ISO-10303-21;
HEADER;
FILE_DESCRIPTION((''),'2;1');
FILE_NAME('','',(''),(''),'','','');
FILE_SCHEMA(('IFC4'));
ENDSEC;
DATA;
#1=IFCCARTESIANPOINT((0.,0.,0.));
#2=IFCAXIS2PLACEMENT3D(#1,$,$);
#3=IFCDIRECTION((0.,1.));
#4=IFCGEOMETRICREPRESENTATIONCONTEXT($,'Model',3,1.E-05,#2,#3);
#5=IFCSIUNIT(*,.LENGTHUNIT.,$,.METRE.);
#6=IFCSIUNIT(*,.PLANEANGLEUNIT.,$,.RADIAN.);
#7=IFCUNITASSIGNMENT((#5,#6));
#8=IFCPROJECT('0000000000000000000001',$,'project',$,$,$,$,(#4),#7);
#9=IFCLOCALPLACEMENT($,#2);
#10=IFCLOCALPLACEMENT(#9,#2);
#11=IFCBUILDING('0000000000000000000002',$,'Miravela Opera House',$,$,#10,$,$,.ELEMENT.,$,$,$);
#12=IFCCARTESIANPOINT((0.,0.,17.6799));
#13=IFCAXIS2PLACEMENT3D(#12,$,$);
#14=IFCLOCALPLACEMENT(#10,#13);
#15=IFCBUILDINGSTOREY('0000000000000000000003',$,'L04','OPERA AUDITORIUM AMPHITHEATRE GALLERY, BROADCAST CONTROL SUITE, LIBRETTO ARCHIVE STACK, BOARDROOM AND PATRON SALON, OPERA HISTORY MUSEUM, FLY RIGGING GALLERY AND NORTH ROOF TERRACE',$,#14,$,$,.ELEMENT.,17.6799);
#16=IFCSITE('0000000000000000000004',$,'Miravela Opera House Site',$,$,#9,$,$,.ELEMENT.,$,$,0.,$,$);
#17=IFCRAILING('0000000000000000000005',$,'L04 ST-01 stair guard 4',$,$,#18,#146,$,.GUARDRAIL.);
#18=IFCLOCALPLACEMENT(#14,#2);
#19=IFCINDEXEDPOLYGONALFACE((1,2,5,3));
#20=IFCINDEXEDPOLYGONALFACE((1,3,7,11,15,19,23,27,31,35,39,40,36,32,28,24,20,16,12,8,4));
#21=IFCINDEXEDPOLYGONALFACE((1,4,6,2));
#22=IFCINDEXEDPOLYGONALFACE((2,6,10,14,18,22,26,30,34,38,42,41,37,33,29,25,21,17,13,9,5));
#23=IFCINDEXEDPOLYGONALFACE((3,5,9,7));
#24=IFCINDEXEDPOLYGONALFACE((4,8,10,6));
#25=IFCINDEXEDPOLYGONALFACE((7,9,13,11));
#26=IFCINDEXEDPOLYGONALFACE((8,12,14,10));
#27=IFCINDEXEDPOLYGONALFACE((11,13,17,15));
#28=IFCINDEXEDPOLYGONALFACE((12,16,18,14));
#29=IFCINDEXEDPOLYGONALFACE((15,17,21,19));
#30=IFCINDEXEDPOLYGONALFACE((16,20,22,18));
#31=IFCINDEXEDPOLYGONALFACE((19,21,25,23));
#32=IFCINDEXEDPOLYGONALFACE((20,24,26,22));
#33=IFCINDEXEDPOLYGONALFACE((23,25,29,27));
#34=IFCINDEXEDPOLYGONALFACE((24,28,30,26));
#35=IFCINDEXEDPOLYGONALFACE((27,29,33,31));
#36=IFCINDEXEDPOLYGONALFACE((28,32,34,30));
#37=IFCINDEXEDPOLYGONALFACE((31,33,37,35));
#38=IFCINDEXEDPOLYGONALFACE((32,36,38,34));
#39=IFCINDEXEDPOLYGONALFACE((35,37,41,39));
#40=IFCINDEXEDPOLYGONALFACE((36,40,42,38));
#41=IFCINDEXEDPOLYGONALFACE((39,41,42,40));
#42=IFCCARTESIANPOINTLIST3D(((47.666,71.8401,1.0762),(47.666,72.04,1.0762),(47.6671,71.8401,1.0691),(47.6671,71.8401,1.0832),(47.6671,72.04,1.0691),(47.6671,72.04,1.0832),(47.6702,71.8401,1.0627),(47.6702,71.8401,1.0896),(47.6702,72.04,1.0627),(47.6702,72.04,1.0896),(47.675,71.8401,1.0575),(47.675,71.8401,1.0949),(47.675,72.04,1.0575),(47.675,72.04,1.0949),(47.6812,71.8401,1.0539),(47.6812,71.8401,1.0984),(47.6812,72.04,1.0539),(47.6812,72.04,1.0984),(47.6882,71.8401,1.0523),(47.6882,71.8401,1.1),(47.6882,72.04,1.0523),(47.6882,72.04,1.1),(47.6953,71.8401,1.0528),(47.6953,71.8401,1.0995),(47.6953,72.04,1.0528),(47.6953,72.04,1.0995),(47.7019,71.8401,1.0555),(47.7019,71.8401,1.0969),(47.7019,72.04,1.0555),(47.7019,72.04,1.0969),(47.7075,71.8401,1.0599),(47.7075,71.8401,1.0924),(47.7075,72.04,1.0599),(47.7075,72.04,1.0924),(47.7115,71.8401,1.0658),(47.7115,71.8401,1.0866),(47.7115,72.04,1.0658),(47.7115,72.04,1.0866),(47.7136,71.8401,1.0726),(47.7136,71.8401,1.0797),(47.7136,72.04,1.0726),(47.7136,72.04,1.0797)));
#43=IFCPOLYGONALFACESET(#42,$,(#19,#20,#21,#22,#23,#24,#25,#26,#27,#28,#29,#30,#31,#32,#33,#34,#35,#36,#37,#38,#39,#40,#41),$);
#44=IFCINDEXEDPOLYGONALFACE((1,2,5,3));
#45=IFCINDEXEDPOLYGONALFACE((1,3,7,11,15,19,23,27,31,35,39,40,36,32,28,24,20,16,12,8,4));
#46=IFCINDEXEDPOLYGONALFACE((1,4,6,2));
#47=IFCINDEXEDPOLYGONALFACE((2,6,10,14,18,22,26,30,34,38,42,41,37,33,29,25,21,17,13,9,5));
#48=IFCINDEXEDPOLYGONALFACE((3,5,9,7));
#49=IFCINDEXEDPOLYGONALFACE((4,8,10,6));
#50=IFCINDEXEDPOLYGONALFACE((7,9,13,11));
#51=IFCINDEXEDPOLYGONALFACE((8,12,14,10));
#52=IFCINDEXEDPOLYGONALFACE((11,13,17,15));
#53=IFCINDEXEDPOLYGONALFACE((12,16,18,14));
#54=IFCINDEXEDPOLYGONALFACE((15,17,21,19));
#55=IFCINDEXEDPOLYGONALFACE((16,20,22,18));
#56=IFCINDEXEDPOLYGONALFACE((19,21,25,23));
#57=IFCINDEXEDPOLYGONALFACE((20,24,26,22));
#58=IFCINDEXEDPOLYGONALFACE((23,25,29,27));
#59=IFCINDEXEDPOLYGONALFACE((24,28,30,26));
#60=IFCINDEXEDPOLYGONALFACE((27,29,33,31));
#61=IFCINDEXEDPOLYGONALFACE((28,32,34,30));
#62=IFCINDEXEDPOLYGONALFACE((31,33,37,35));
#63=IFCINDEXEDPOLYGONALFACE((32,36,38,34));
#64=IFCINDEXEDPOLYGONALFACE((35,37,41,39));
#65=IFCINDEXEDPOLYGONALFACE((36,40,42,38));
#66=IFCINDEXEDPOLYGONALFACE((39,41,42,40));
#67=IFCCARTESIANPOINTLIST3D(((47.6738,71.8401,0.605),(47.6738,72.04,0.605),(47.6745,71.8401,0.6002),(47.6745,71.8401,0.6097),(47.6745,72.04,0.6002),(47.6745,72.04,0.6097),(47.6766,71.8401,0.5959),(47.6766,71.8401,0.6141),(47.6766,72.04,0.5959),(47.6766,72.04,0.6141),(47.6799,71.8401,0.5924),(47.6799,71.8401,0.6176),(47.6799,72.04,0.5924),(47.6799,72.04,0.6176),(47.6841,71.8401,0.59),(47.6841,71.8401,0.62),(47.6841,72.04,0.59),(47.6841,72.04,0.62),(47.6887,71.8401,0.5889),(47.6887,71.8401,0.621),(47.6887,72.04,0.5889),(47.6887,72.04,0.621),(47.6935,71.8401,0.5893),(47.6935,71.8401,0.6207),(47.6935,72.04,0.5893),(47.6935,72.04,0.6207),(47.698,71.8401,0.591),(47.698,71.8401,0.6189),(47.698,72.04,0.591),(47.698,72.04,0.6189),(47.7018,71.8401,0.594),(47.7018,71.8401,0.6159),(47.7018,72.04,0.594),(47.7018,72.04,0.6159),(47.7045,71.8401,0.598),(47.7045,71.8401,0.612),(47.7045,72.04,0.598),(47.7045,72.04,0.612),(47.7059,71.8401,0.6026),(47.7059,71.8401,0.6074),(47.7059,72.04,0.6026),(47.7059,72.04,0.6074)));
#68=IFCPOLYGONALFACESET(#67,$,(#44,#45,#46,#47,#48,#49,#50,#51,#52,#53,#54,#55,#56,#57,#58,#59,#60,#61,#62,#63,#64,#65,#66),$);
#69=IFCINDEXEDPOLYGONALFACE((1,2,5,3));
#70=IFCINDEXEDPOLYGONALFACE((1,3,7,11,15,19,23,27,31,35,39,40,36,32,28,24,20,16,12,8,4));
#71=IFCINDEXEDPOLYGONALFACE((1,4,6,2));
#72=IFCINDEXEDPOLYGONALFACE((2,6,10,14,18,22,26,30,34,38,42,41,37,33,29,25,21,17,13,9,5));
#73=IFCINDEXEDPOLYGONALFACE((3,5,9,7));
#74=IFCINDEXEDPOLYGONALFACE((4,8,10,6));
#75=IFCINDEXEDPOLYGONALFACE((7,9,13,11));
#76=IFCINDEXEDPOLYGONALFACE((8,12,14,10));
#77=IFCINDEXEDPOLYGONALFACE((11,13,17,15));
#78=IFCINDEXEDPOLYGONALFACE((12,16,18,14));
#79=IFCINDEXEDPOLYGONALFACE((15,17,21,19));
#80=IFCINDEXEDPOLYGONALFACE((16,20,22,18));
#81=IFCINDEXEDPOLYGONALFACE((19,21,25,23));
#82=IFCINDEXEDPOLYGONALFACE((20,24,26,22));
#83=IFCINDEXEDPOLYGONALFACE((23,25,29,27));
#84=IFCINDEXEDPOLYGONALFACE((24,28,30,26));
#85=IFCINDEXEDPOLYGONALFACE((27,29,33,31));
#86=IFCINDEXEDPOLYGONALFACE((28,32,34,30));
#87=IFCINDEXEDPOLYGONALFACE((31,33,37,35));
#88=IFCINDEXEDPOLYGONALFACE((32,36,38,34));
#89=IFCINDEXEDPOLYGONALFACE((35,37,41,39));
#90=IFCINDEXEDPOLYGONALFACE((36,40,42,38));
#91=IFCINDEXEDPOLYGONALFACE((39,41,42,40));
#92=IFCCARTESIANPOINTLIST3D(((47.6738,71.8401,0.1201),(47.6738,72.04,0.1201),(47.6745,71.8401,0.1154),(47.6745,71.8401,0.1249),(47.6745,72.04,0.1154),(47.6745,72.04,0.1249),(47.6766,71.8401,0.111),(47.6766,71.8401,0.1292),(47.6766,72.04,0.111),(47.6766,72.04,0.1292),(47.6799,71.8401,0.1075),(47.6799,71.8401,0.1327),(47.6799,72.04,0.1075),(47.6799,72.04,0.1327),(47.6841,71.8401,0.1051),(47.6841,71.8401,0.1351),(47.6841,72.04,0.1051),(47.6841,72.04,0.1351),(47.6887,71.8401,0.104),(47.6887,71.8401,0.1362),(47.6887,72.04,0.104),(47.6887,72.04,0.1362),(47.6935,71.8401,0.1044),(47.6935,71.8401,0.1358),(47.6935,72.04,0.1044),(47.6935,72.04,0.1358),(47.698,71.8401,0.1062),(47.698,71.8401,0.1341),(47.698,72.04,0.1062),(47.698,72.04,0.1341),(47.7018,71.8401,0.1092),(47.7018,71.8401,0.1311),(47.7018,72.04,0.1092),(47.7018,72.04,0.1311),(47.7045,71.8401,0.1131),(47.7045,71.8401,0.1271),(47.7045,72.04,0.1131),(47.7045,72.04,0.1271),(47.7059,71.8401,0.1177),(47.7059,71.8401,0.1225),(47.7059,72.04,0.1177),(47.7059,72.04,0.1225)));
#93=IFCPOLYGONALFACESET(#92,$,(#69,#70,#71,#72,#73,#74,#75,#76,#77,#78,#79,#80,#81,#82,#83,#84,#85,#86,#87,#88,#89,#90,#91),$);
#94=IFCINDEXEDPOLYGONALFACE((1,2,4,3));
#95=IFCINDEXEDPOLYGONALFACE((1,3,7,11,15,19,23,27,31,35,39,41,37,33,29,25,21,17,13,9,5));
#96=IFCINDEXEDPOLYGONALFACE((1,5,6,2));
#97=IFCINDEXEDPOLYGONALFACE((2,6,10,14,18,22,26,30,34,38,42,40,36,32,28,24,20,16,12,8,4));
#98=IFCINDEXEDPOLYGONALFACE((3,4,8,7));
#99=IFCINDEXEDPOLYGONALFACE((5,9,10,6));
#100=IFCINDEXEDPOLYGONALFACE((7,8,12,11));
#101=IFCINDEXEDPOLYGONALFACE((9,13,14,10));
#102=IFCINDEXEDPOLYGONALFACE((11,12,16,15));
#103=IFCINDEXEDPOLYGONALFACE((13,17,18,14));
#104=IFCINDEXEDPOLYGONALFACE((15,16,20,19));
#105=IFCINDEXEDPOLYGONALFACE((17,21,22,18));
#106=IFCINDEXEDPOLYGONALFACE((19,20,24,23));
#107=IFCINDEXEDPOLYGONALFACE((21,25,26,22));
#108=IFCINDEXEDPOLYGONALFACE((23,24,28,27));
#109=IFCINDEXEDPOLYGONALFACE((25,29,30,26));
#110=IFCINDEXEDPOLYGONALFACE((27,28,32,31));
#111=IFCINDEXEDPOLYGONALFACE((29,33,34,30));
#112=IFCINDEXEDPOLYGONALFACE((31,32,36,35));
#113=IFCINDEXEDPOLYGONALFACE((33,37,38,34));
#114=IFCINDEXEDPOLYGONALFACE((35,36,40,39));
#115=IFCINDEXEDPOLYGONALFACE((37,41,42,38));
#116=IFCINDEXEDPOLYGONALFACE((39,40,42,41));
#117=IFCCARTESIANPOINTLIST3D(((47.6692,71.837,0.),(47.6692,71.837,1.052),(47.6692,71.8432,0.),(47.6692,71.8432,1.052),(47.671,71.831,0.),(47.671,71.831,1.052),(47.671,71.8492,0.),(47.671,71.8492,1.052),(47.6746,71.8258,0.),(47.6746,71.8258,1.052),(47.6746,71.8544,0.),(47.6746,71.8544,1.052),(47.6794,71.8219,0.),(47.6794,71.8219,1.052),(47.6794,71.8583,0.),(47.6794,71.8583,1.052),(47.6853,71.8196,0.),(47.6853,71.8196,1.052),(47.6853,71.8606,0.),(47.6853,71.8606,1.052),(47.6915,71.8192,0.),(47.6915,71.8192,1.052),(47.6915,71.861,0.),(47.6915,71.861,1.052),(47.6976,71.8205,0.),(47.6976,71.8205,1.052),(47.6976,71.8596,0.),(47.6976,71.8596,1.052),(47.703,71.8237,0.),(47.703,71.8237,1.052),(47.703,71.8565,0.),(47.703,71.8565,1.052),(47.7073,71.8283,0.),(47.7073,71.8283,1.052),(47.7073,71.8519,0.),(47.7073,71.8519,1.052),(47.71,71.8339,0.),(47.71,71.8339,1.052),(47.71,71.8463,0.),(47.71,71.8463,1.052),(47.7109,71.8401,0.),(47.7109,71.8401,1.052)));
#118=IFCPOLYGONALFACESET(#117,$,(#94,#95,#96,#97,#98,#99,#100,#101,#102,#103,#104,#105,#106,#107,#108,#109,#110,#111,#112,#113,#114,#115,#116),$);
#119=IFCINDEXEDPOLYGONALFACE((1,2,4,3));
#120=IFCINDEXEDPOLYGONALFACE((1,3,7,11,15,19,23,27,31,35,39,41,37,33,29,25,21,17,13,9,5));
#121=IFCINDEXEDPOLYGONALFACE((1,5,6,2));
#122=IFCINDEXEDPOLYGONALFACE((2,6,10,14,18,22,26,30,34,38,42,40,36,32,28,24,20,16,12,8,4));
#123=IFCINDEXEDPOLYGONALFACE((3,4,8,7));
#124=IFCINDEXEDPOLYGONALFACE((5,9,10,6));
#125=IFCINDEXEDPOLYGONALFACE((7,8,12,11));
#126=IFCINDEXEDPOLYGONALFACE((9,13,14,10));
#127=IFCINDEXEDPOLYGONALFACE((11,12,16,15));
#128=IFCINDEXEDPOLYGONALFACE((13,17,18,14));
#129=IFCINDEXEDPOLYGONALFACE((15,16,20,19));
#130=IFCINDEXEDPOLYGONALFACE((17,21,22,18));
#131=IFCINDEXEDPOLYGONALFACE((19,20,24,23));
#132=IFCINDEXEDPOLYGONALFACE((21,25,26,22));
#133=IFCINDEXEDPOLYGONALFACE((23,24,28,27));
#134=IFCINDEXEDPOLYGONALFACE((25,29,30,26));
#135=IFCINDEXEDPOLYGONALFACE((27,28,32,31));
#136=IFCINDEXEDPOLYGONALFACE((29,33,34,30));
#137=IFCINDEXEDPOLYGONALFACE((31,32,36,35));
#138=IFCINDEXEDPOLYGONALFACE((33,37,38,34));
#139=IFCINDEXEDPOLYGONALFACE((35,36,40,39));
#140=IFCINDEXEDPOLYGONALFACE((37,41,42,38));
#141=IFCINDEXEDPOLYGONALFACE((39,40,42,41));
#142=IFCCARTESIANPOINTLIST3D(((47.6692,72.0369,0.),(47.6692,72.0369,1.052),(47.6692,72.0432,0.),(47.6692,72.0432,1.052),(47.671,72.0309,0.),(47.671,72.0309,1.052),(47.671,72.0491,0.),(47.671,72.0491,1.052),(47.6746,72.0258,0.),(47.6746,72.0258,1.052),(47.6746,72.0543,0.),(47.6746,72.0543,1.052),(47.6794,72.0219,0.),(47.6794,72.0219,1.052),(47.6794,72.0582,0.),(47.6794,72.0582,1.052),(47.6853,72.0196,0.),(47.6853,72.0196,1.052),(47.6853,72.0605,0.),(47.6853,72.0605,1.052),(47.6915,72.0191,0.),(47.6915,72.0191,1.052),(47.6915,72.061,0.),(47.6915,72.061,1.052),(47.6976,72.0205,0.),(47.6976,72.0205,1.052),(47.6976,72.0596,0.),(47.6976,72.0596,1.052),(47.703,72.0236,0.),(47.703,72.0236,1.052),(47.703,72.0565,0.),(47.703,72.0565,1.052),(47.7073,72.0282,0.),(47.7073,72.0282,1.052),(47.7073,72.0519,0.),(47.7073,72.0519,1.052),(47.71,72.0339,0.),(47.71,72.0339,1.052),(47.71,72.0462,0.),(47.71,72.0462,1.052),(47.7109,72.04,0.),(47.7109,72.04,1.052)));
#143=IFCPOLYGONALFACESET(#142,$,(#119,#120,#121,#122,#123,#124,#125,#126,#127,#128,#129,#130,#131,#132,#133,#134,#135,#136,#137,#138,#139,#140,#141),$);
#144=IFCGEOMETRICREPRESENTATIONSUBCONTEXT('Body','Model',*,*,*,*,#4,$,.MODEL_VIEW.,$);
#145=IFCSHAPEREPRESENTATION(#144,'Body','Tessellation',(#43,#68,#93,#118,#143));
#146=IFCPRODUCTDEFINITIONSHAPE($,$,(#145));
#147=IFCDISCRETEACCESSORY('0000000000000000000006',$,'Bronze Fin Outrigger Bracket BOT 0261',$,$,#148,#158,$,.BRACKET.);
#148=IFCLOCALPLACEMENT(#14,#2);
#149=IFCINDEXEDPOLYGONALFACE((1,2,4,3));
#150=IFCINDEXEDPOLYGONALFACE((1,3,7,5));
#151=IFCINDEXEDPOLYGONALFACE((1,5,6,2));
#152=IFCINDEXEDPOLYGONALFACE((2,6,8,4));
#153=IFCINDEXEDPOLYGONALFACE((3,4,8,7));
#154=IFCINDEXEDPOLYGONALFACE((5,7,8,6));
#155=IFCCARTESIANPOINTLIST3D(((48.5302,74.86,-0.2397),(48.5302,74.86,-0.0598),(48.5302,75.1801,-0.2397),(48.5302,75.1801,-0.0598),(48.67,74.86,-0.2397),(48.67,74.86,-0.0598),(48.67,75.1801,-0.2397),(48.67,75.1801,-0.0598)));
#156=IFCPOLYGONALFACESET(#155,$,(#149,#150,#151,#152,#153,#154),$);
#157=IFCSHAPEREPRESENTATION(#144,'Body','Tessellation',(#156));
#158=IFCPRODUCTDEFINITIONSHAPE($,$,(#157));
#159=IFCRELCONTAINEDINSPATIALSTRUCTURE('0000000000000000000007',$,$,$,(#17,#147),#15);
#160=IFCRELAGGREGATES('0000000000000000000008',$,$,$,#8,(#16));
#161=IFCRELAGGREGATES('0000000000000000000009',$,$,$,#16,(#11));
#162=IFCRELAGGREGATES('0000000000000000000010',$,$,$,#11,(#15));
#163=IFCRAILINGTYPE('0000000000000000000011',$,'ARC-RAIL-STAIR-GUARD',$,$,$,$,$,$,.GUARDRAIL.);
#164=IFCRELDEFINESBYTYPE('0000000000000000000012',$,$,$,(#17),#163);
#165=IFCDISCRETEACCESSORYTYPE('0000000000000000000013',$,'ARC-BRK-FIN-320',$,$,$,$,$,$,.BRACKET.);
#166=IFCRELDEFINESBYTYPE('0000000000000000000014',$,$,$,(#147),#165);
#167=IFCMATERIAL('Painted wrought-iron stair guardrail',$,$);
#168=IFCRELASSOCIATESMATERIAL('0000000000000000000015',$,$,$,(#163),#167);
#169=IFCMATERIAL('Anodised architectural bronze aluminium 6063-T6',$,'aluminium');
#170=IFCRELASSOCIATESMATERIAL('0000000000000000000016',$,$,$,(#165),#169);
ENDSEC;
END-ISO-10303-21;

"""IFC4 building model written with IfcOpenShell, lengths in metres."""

from ifc_helpers import new_model, si_unit, direction, frame, origin, origin_2d, place, context, subcontext, project, spatial, rectangle, circle, extrude, material, type_object, element, save


model = new_model("IFC4")

# Units and contexts
model_context = context("Model", 3, precision=1e-05, world=origin(), true_north=direction((0.0, 1.0)))
body_context = subcontext(model_context, "Body", "Model", "MODEL_VIEW")
ifc_project = project(units=[si_unit("LENGTHUNIT", "METRE"), si_unit("PLANEANGLEUNIT", "RADIAN")], contexts=[model_context])

# Site, building, storey
site_placement = place(None, origin())
site = spatial("IfcSite", under=ifc_project, at=site_placement, Name="Miravela Opera House Site", CompositionType="ELEMENT", RefElevation=0.0)
building_placement = place(site_placement, origin())
building = spatial("IfcBuilding", under=site, at=building_placement, Name="Miravela Opera House", CompositionType="ELEMENT")
storey_placement = place(building_placement, frame((0.0, 0.0, 17.6799)))
storey = spatial("IfcBuildingStorey", under=building, at=storey_placement, Name="L04", Description="OPERA AUDITORIUM AMPHITHEATRE GALLERY, BROADCAST CONTROL SUITE, LIBRETTO ARCHIVE STACK, BOARDROOM AND PATRON SALON, OPERA HISTORY MUSEUM, FLY RIGGING GALLERY AND NORTH ROOF TERRACE", CompositionType="ELEMENT", Elevation=17.6799)

# Shared definitions
ifc_material_1 = material(Name="Anodised architectural bronze aluminium 6063-T6", Category="aluminium")

# Railing
ifc_material_2 = material(Name="Painted wrought-iron stair guardrail")
railing_type = type_object("IfcRailingType", Name="ARC-RAIL-STAIR-GUARD", PredefinedType="GUARDRAIL", material=ifc_material_2)
railing_1_placement = place(storey_placement, frame((47.6899, 71.8401, 0.0)))
element("IfcRailing", 1, at=railing_1_placement, inside=storey, type_object=railing_type, Name="L04 ST-01 stair guard 4", PredefinedType="GUARDRAIL", context=body_context, shape_type="SweptSolid", body=[
    extrude(circle(Radius=0.0239, at=origin_2d()), frame((0.0, 0.0, 1.0762), z_axis=(0.0, 1.0, 0.0), x_axis=(-1.0, 0.0, 0.0)), (0.0, 0.0, 1.0), 0.2),
    extrude(circle(Radius=0.0161, at=origin_2d()), frame((0.0, 0.0, 0.605), z_axis=(0.0, 1.0, 0.0), x_axis=(-1.0, 0.0, 0.0)), (0.0, 0.0, 1.0), 0.2),
    extrude(circle(Radius=0.0161, at=origin_2d()), frame((0.0, 0.0, 0.1201), z_axis=(0.0, 1.0, 0.0), x_axis=(-1.0, 0.0, 0.0)), (0.0, 0.0, 1.0), 0.2),
    extrude(circle(Radius=0.021, at=origin_2d()), origin(), (0.0, 0.0, 1.0), 1.052),
    extrude(circle(Radius=0.021, at=origin_2d()), frame((0.0, 0.2, 0.0)), (0.0, 0.0, 1.0), 1.052),
])

# Discrete accessory
discrete_accessory_type = type_object("IfcDiscreteAccessoryType", Name="ARC-BRK-FIN-320", PredefinedType="BRACKET", material=ifc_material_1)
discrete_accessory_placement = place(storey_placement, frame((48.6001, 75.02, -0.2397), z_axis=(0.0, 0.0, 1.0), x_axis=(0.0, 1.0, 0.0)))
element("IfcDiscreteAccessory", 2, at=discrete_accessory_placement, inside=storey, type_object=discrete_accessory_type, Name="Bronze Fin Outrigger Bracket BOT 0261", PredefinedType="BRACKET", context=body_context, shape_type="SweptSolid", body=[
    extrude(rectangle(XDim=0.3201, YDim=0.1399, at=origin_2d()), origin(), (0.0, 0.0, 1.0), 0.1799),
])

save(model, "model.ifc")
